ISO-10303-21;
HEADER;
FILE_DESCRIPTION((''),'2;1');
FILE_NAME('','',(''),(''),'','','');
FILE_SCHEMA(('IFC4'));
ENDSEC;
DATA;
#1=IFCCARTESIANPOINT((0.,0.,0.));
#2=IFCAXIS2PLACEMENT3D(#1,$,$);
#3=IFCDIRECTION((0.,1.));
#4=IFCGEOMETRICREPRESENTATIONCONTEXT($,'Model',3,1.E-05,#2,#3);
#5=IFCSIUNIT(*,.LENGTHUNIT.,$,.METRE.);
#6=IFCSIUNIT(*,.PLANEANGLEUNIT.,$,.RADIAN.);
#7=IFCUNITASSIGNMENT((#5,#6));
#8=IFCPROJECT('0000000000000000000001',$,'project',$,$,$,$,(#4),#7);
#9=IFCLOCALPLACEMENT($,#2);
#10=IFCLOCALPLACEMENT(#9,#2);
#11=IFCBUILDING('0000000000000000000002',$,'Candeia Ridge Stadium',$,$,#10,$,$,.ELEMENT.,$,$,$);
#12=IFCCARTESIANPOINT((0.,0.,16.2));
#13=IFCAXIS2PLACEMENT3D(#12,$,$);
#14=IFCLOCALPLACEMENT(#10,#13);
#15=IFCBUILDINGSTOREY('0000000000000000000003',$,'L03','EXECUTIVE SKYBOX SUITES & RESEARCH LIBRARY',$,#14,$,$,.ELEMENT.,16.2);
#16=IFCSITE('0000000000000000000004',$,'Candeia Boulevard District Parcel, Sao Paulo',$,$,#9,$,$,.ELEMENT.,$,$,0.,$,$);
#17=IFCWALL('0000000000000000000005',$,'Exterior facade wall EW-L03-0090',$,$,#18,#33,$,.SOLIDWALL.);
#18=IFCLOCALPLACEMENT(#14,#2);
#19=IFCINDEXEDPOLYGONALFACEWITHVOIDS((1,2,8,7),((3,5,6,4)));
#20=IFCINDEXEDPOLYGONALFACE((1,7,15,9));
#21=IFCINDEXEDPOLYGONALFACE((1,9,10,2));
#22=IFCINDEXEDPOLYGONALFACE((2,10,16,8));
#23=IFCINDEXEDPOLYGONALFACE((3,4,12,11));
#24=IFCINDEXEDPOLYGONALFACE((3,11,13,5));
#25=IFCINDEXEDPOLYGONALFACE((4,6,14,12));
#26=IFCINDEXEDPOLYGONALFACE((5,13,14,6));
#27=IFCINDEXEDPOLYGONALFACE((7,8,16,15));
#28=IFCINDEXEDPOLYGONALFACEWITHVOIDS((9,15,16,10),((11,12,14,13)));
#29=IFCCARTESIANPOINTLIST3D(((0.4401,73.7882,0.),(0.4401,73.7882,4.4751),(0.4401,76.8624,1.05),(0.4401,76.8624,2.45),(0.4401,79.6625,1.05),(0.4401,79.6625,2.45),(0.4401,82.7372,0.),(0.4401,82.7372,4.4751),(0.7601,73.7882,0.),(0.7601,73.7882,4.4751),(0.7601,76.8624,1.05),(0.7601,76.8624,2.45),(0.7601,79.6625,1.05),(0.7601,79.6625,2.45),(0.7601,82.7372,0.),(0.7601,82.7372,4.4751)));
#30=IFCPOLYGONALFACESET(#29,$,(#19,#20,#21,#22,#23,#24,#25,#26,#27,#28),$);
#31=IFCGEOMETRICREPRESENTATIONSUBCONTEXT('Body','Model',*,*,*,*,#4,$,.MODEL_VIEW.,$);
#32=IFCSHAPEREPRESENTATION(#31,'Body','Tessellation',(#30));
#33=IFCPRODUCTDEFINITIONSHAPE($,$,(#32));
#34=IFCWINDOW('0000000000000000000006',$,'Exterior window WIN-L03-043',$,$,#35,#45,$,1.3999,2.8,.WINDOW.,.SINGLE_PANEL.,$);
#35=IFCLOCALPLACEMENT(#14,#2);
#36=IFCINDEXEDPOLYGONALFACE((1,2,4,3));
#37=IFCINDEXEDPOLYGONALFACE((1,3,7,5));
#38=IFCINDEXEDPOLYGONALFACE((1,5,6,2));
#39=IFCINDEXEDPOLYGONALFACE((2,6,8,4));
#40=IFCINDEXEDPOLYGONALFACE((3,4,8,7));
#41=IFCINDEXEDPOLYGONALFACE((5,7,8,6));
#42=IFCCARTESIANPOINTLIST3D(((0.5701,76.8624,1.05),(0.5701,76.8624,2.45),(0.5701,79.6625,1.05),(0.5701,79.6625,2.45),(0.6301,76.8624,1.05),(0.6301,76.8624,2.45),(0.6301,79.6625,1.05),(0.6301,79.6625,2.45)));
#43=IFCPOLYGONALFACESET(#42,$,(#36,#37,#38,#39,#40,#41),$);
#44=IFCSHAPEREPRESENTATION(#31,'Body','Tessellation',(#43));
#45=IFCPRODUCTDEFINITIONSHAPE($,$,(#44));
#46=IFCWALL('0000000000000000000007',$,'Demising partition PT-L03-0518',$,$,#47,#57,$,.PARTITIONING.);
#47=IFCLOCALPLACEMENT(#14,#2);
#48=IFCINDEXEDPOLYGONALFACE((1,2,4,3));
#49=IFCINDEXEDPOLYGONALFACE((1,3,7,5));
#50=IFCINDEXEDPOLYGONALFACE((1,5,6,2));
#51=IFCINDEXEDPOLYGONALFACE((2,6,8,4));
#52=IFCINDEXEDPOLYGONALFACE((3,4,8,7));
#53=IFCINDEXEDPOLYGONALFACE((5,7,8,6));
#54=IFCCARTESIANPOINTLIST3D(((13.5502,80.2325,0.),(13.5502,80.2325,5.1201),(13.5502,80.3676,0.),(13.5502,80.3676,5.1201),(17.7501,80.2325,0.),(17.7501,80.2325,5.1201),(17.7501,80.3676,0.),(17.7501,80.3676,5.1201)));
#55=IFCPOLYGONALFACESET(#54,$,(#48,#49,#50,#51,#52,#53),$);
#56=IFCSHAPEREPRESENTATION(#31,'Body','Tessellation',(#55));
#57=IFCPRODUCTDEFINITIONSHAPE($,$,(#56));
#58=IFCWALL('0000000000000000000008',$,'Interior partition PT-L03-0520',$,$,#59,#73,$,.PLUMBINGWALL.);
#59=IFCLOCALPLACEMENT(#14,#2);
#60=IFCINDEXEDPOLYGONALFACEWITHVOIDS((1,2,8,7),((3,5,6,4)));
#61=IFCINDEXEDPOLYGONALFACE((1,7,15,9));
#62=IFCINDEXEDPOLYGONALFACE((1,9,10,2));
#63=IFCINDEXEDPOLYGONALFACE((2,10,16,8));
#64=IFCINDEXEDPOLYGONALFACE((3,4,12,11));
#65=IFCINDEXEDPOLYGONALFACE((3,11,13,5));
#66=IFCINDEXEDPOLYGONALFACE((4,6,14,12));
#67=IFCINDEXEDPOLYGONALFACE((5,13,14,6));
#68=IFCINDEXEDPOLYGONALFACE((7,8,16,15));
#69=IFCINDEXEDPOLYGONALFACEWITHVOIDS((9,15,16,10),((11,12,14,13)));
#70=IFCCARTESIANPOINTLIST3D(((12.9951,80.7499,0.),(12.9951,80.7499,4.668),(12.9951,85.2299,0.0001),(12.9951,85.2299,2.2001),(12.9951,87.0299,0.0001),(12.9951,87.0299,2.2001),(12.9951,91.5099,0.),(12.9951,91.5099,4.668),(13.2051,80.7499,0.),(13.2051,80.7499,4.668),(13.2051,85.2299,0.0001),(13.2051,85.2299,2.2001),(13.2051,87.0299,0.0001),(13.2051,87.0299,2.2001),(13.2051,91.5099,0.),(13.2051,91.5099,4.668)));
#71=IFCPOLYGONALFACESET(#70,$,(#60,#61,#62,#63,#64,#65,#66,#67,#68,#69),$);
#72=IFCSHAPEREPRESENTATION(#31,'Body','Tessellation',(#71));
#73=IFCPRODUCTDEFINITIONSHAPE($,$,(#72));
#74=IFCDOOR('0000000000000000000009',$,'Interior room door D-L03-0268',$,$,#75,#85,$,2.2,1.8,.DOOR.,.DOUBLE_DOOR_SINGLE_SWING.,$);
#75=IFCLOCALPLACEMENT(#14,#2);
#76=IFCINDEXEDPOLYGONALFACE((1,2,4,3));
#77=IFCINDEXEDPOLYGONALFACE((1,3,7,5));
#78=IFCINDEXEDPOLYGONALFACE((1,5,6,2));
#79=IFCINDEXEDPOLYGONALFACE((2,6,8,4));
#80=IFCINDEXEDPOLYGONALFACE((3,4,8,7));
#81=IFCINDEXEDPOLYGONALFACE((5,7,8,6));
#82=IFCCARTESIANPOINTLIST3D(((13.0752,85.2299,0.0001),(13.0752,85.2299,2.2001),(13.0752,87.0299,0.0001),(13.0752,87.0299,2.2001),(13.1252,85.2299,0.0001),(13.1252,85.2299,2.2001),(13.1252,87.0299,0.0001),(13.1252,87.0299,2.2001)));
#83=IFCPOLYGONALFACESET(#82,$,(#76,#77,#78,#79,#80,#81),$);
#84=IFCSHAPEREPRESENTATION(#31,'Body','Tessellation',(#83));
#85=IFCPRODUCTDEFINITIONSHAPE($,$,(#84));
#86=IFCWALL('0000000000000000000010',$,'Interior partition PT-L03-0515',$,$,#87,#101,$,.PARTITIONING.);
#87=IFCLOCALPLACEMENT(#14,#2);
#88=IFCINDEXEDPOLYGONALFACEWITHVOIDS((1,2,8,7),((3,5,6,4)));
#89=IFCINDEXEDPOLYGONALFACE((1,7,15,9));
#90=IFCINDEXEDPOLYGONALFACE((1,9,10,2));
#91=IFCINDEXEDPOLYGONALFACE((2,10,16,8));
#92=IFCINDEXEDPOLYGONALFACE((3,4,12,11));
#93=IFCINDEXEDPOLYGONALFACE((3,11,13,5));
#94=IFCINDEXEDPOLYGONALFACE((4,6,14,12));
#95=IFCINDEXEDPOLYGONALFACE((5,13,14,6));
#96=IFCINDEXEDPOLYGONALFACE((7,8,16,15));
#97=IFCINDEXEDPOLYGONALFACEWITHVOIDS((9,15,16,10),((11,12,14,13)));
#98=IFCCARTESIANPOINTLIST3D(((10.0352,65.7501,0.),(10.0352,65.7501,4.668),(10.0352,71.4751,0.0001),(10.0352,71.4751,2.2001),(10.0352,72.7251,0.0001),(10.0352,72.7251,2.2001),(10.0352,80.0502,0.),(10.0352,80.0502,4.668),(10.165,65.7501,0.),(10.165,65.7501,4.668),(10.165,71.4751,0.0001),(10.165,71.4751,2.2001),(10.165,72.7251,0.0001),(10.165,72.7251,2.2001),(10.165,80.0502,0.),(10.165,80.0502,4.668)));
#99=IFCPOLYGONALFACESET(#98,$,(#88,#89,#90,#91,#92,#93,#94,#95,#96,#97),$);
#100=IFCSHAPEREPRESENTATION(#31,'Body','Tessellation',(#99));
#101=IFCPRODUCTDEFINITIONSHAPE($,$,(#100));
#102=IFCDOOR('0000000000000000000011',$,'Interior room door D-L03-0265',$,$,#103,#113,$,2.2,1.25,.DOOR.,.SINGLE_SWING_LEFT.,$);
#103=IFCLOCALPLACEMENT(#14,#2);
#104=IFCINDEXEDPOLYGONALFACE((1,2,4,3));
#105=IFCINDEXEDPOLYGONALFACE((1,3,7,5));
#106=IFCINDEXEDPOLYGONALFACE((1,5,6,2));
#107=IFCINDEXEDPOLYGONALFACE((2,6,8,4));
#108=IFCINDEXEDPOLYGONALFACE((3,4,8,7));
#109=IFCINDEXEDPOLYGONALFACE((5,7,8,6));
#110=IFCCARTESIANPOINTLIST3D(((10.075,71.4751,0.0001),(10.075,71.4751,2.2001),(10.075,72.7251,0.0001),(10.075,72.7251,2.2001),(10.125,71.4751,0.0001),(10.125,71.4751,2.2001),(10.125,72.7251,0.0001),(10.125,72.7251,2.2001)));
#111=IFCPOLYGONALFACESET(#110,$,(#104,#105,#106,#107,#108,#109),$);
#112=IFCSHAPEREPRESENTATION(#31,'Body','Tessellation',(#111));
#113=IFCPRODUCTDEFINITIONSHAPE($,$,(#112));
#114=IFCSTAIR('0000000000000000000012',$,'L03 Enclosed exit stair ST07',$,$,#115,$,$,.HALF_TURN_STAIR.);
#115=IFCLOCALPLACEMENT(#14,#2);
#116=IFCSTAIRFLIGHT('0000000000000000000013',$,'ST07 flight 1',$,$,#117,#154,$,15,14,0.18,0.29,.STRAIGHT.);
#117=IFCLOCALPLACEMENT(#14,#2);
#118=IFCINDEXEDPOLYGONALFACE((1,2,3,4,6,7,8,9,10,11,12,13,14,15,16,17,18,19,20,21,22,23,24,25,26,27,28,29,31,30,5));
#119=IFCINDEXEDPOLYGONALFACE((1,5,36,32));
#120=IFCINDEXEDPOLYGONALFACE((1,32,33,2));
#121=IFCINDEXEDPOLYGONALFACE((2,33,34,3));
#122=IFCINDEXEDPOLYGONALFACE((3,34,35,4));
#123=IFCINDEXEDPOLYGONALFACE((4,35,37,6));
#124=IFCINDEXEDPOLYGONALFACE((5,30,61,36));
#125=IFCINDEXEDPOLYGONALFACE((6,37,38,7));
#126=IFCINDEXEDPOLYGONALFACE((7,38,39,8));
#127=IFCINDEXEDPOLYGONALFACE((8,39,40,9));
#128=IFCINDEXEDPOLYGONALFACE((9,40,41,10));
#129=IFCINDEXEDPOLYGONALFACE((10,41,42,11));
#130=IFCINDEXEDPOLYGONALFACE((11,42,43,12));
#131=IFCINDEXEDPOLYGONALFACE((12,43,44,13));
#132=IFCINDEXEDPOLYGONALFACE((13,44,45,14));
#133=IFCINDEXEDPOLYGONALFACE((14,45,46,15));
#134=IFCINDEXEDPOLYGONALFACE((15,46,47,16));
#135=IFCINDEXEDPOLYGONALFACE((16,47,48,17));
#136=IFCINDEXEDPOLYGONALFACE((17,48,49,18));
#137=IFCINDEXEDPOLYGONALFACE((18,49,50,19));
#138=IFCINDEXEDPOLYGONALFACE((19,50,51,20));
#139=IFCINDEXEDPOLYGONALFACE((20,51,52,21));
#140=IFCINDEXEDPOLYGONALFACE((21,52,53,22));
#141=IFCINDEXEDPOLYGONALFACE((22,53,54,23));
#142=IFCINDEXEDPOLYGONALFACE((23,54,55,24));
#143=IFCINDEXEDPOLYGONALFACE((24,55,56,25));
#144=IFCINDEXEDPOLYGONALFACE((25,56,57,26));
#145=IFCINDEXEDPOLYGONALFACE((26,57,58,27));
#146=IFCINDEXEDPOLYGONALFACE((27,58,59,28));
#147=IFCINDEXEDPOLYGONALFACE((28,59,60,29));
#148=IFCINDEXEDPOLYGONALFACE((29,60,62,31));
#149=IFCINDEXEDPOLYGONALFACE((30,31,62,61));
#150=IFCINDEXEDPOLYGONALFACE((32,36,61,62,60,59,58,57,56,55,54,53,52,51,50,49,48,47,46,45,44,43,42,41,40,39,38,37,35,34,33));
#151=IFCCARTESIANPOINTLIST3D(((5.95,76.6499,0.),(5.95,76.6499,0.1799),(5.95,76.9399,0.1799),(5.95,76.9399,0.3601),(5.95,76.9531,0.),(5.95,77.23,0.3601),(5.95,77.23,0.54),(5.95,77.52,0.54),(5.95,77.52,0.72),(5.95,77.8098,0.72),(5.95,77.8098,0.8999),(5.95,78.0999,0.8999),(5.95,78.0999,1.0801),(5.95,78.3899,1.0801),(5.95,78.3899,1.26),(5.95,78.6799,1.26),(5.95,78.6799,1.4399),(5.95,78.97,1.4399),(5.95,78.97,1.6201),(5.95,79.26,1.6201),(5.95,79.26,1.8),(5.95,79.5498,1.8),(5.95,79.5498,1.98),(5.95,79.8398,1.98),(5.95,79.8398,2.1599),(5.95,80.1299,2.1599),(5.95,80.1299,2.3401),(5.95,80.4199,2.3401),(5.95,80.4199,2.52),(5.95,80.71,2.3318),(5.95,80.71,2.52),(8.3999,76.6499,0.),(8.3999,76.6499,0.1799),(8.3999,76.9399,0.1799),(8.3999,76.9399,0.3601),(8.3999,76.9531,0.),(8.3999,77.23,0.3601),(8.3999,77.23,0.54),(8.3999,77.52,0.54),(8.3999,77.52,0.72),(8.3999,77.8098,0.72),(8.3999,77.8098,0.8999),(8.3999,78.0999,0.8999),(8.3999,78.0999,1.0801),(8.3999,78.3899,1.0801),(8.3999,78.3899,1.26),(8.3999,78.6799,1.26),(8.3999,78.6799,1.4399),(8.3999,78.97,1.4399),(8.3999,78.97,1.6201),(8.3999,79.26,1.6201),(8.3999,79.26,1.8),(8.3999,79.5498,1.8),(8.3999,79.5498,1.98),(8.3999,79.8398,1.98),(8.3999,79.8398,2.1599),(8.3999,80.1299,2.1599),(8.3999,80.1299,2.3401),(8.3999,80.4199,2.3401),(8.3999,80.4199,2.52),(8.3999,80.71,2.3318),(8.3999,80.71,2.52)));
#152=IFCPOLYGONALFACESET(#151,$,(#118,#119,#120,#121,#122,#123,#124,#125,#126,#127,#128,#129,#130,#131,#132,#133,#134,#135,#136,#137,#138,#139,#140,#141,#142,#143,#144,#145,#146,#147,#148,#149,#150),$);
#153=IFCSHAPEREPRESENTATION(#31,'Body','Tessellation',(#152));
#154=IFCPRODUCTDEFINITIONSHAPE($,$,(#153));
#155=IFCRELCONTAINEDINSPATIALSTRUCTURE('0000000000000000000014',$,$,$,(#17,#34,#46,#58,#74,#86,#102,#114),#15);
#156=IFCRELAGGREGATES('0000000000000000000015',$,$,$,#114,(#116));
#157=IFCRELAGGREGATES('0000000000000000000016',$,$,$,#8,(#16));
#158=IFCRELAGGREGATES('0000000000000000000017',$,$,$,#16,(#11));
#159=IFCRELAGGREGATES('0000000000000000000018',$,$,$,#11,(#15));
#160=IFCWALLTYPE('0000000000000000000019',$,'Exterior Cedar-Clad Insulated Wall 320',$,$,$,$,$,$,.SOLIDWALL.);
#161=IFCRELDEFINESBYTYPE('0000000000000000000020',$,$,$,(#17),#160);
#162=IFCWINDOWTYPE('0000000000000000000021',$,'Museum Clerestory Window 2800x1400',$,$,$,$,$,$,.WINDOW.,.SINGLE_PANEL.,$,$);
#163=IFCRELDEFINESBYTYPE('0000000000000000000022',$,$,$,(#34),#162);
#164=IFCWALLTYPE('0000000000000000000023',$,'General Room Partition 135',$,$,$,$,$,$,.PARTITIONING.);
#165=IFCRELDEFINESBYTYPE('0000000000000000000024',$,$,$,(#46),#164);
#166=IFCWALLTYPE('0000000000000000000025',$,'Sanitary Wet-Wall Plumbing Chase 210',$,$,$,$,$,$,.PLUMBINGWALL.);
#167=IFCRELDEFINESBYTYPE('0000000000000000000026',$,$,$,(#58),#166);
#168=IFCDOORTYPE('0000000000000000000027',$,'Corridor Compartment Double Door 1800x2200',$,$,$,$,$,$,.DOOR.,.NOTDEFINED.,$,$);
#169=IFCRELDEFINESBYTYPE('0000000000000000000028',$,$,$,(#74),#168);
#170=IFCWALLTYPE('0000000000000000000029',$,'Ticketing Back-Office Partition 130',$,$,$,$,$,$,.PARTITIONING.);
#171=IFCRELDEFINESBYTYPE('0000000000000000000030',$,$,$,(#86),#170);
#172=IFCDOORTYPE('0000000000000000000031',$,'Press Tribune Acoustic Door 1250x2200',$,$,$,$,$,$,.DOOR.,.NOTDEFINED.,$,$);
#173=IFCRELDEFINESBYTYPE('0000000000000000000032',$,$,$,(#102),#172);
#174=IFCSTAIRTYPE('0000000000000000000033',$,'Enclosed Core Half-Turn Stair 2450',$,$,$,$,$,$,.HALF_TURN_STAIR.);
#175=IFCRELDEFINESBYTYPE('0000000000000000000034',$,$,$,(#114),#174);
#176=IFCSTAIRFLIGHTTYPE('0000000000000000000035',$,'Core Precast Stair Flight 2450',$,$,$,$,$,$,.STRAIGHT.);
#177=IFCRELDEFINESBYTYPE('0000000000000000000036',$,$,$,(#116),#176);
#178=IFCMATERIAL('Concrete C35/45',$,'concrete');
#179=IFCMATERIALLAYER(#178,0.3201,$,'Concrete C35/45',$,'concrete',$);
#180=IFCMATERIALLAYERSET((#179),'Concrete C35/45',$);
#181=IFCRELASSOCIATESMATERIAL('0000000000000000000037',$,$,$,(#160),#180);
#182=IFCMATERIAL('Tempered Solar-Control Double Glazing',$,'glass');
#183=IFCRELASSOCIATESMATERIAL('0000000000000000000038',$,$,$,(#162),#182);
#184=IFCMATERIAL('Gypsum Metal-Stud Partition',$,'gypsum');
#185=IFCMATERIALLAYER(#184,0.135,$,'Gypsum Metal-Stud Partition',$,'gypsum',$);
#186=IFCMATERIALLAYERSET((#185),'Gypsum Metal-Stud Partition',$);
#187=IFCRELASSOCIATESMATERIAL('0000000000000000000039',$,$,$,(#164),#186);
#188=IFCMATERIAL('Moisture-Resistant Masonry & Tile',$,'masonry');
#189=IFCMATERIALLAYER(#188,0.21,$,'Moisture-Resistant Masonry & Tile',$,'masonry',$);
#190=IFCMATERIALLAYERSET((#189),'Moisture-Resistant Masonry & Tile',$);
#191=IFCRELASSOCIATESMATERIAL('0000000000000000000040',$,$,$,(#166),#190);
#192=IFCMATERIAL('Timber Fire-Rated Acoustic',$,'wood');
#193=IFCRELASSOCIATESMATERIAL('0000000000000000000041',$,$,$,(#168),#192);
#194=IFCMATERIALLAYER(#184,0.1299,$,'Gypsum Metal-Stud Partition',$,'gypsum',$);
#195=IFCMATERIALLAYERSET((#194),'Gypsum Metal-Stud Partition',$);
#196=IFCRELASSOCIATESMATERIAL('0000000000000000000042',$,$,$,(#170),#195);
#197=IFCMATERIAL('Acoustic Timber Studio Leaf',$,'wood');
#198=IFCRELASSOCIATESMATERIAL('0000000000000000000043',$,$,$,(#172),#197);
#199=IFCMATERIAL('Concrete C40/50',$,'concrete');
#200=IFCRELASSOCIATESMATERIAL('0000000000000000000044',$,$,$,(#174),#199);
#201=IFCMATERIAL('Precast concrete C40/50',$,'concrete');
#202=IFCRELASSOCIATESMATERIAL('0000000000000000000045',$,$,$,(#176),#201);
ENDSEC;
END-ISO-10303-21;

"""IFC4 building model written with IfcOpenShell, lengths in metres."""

from ifc_helpers import new_model, si_unit, direction, frame, frame_2d, origin, place, context, subcontext, project, spatial, polyline, rectangle, outline, extrude, material, layer, layer_set, type_object, element, fill, aggregate, save


model = new_model("IFC4")

# Units and contexts
model_context = context("Model", 3, precision=1e-05, world=origin(), true_north=direction((0.0, 1.0)))
body_context = subcontext(model_context, "Body", "Model", "MODEL_VIEW")
ifc_project = project(units=[si_unit("LENGTHUNIT", "METRE"), si_unit("PLANEANGLEUNIT", "RADIAN")], contexts=[model_context])

# Site, building, storey
site_placement = place(None, origin())
site = spatial("IfcSite", under=ifc_project, at=site_placement, Name="Candeia Boulevard District Parcel, Sao Paulo", CompositionType="ELEMENT", RefElevation=0.0)
building_placement = place(site_placement, origin())
building = spatial("IfcBuilding", under=site, at=building_placement, Name="Candeia Ridge Stadium", CompositionType="ELEMENT")
storey_placement = place(building_placement, frame((0.0, 0.0, 16.2)))
storey = spatial("IfcBuildingStorey", under=building, at=storey_placement, Name="L03", Description="EXECUTIVE SKYBOX SUITES & RESEARCH LIBRARY", CompositionType="ELEMENT", Elevation=16.2)

# Shared definitions
ifc_material_1 = material(Name="Concrete C40/50", Category="concrete")

# Wall, opening, window
ifc_material_2 = material(Name="Concrete C35/45", Category="concrete")
ifc_layer_1 = layer(ifc_material_2, 0.3201, Name="Concrete C35/45", Category="concrete")
ifc_layer_set_1 = layer_set([ifc_layer_1], Name="Concrete C35/45")
wall_type_1 = type_object("IfcWallType", Name="Exterior Cedar-Clad Insulated Wall 320", PredefinedType="SOLIDWALL", material=ifc_layer_set_1)
wall_1_placement = place(storey_placement, frame((0.6001, 73.7881, 0.0), z_axis=(0.0, 0.0, 1.0), x_axis=(0.0, 1.0, 0.0)))
wall_1 = element("IfcWall", 1, at=wall_1_placement, inside=storey, type_object=wall_type_1, Name="Exterior facade wall EW-L03-0090", PredefinedType="SOLIDWALL", context=body_context, shape_type="SweptSolid", body=[
    extrude(rectangle(XDim=8.949, YDim=0.3201, at=frame_2d((4.4746, 0.0))), origin(), (0.0, 0.0, 1.0), 4.4751),
])
opening_1_placement = place(wall_1_placement, frame((3.0745, 0.0, 1.05)))
opening_1 = element("IfcOpeningElement", 2, at=opening_1_placement, cuts=wall_1, PredefinedType="OPENING", context=body_context, shape_type="SweptSolid", body=[
    extrude(rectangle(XDim=2.8, YDim=1.3999, at=frame_2d((1.3999, 0.7))), frame((0.0, 0.1699, 0.0), z_axis=(0.0, -1.0, 0.0), x_axis=(1.0, 0.0, 0.0)), (0.0, 0.0, 1.0), 0.3401),
])
ifc_material_3 = material(Name="Tempered Solar-Control Double Glazing", Category="glass")
window_type = type_object("IfcWindowType", Name="Museum Clerestory Window 2800x1400", PartitioningType="SINGLE_PANEL", PredefinedType="WINDOW", material=ifc_material_3)
window_placement = place(opening_1_placement, origin())
window = element("IfcWindow", 3, at=window_placement, inside=storey, type_object=window_type, Name="Exterior window WIN-L03-043", OverallHeight=1.3999, OverallWidth=2.8, PartitioningType="SINGLE_PANEL", PredefinedType="WINDOW", context=body_context, shape_type="SweptSolid", body=[
    extrude(rectangle(XDim=2.8, YDim=1.3999, at=frame_2d((1.3999, 0.7))), frame((0.0, 0.03, 0.0), z_axis=(0.0, -1.0, 0.0), x_axis=(1.0, 0.0, 0.0)), (0.0, 0.0, 1.0), 0.0601),
])
fill(opening_1, window)

# Wall
ifc_material_4 = material(Name="Gypsum Metal-Stud Partition", Category="gypsum")
ifc_layer_2 = layer(ifc_material_4, 0.135, Name="Gypsum Metal-Stud Partition", Category="gypsum")
ifc_layer_set_2 = layer_set([ifc_layer_2], Name="Gypsum Metal-Stud Partition")
wall_type_2 = type_object("IfcWallType", Name="General Room Partition 135", PredefinedType="PARTITIONING", material=ifc_layer_set_2)
wall_2_placement = place(storey_placement, frame((13.55, 80.3, 0.0), z_axis=(0.0, 0.0, 1.0), x_axis=(1.0, 0.0, 0.0)))
element("IfcWall", 4, at=wall_2_placement, inside=storey, type_object=wall_type_2, Name="Demising partition PT-L03-0518", PredefinedType="PARTITIONING", context=body_context, shape_type="SweptSolid", body=[
    extrude(rectangle(XDim=4.2, YDim=0.135, at=frame_2d((2.1001, 0.0))), origin(), (0.0, 0.0, 1.0), 5.1201),
])

# Walls, openings, doors
ifc_material_5 = material(Name="Moisture-Resistant Masonry & Tile", Category="masonry")
ifc_layer_3 = layer(ifc_material_5, 0.21, Name="Moisture-Resistant Masonry & Tile", Category="masonry")
ifc_layer_set_3 = layer_set([ifc_layer_3], Name="Moisture-Resistant Masonry & Tile")
wall_type_3 = type_object("IfcWallType", Name="Sanitary Wet-Wall Plumbing Chase 210", PredefinedType="PLUMBINGWALL", material=ifc_layer_set_3)
wall_3_placement = place(storey_placement, frame((13.1001, 80.75, 0.0), z_axis=(0.0, 0.0, 1.0), x_axis=(0.0, 1.0, 0.0)))
wall_3 = element("IfcWall", 5, at=wall_3_placement, inside=storey, type_object=wall_type_3, Name="Interior partition PT-L03-0520", PredefinedType="PLUMBINGWALL", context=body_context, shape_type="SweptSolid", body=[
    extrude(rectangle(XDim=10.76, YDim=0.21, at=frame_2d((5.3799, 0.0))), origin(), (0.0, 0.0, 1.0), 4.668),
])
opening_2_placement = place(wall_3_placement, frame((4.48, 0.0, 0.0)))
opening_2 = element("IfcOpeningElement", 6, at=opening_2_placement, cuts=wall_3, PredefinedType="OPENING", context=body_context, shape_type="SweptSolid", body=[
    extrude(rectangle(XDim=1.8, YDim=2.2, at=frame_2d((0.8999, 1.1001))), frame((0.0, 0.115, 0.0), z_axis=(0.0, -1.0, 0.0), x_axis=(1.0, 0.0, 0.0)), (0.0, 0.0, 1.0), 0.23),
])
ifc_material_6 = material(Name="Timber Fire-Rated Acoustic", Category="wood")
door_type_1 = type_object("IfcDoorType", Name="Corridor Compartment Double Door 1800x2200", OperationType="NOTDEFINED", PredefinedType="DOOR", material=ifc_material_6)
door_1_placement = place(opening_2_placement, origin())
door_1 = element("IfcDoor", 7, at=door_1_placement, inside=storey, type_object=door_type_1, Name="Interior room door D-L03-0268", OperationType="DOUBLE_DOOR_SINGLE_SWING", OverallHeight=2.2, OverallWidth=1.8, PredefinedType="DOOR", context=body_context, shape_type="SweptSolid", body=[
    extrude(rectangle(XDim=1.8, YDim=2.2, at=frame_2d((0.8999, 1.1001))), frame((0.0, 0.0249, 0.0), z_axis=(0.0, -1.0, 0.0), x_axis=(1.0, 0.0, 0.0)), (0.0, 0.0, 1.0), 0.05),
])
fill(opening_2, door_1)
ifc_layer_4 = layer(ifc_material_4, 0.1299, Name="Gypsum Metal-Stud Partition", Category="gypsum")
ifc_layer_set_4 = layer_set([ifc_layer_4], Name="Gypsum Metal-Stud Partition")
wall_type_4 = type_object("IfcWallType", Name="Ticketing Back-Office Partition 130", PredefinedType="PARTITIONING", material=ifc_layer_set_4)
wall_4_placement = place(storey_placement, frame((10.1001, 80.05, 0.0), z_axis=(0.0, 0.0, 1.0), x_axis=(0.0, -1.0, 0.0)))
wall_4 = element("IfcWall", 8, at=wall_4_placement, inside=storey, type_object=wall_type_4, Name="Interior partition PT-L03-0515", PredefinedType="PARTITIONING", context=body_context, shape_type="SweptSolid", body=[
    extrude(rectangle(XDim=14.3, YDim=0.1299, at=frame_2d((7.1499, 0.0))), origin(), (0.0, 0.0, 1.0), 4.668),
])
opening_3_placement = place(wall_4_placement, frame((7.325, 0.0, 0.0)))
opening_3 = element("IfcOpeningElement", 9, at=opening_3_placement, cuts=wall_4, PredefinedType="OPENING", context=body_context, shape_type="SweptSolid", body=[
    extrude(rectangle(XDim=1.25, YDim=2.2, at=frame_2d((0.625, 1.1001))), frame((0.0, 0.075, 0.0), z_axis=(0.0, -1.0, 0.0), x_axis=(1.0, 0.0, 0.0)), (0.0, 0.0, 1.0), 0.1499),
])
ifc_material_7 = material(Name="Acoustic Timber Studio Leaf", Category="wood")
door_type_2 = type_object("IfcDoorType", Name="Press Tribune Acoustic Door 1250x2200", OperationType="NOTDEFINED", PredefinedType="DOOR", material=ifc_material_7)
door_2_placement = place(opening_3_placement, origin())
door_2 = element("IfcDoor", 10, at=door_2_placement, inside=storey, type_object=door_type_2, Name="Interior room door D-L03-0265", OperationType="SINGLE_SWING_LEFT", OverallHeight=2.2, OverallWidth=1.25, PredefinedType="DOOR", context=body_context, shape_type="SweptSolid", body=[
    extrude(rectangle(XDim=1.25, YDim=2.2, at=frame_2d((0.625, 1.1001))), frame((0.0, 0.0249, 0.0), z_axis=(0.0, -1.0, 0.0), x_axis=(1.0, 0.0, 0.0)), (0.0, 0.0, 1.0), 0.05),
])
fill(opening_3, door_2)

# Stair, stair flight
stair_type = type_object("IfcStairType", Name="Enclosed Core Half-Turn Stair 2450", PredefinedType="HALF_TURN_STAIR", material=ifc_material_1)
stair_placement = place(storey_placement, origin())
stair = element("IfcStair", 11, at=stair_placement, inside=storey, type_object=stair_type, Name="L03 Enclosed exit stair ST07", PredefinedType="HALF_TURN_STAIR")
ifc_material_8 = material(Name="Precast concrete C40/50", Category="concrete")
stair_flight_type = type_object("IfcStairFlightType", Name="Core Precast Stair Flight 2450", PredefinedType="STRAIGHT", material=ifc_material_8)
stair_flight_1_placement = place(storey_placement, frame((7.175, 76.6499, 0.0), z_axis=(0.0, 0.0, 1.0), x_axis=(0.0, 1.0, 0.0)))
stair_flight_1 = element("IfcStairFlight", 12, at=stair_flight_1_placement, type_object=stair_flight_type, Name="ST07 flight 1", NumberOfRisers=15, NumberOfTreads=14, PredefinedType="STRAIGHT", RiserHeight=0.18, TreadLength=0.29, context=body_context, shape_type="SweptSolid", body=[
    extrude(outline(polyline([(0.0, 0.0), (0.0, 0.1799), (0.29, 0.1799), (0.29, 0.3601), (0.5801, 0.3601), (0.5801, 0.54), (0.8701, 0.54), (0.8701, 0.72), (1.1599, 0.72), (1.1599, 0.8999), (1.45, 0.8999), (1.45, 1.0801), (1.74, 1.0801), (1.74, 1.26), (2.03, 1.26), (2.03, 1.4399), (2.3201, 1.4399), (2.3201, 1.6201), (2.6101, 1.6201), (2.6101, 1.8), (2.8999, 1.8), (2.8999, 1.98), (3.1899, 1.98), (3.1899, 2.1599), (3.48, 2.1599), (3.48, 2.3401), (3.77, 2.3401), (3.77, 2.52), (4.0601, 2.52), (4.0601, 2.7), (4.0601, 2.3318), (0.3032, 0.0), (0.0, 0.0)])), frame((0.0, 1.2251, 0.0), z_axis=(0.0, -1.0, 0.0), x_axis=(1.0, 0.0, 0.0)), (0.0, 0.0, 1.0), 2.45),
])
aggregate(stair, [stair_flight_1])

save(model, "model.ifc")
